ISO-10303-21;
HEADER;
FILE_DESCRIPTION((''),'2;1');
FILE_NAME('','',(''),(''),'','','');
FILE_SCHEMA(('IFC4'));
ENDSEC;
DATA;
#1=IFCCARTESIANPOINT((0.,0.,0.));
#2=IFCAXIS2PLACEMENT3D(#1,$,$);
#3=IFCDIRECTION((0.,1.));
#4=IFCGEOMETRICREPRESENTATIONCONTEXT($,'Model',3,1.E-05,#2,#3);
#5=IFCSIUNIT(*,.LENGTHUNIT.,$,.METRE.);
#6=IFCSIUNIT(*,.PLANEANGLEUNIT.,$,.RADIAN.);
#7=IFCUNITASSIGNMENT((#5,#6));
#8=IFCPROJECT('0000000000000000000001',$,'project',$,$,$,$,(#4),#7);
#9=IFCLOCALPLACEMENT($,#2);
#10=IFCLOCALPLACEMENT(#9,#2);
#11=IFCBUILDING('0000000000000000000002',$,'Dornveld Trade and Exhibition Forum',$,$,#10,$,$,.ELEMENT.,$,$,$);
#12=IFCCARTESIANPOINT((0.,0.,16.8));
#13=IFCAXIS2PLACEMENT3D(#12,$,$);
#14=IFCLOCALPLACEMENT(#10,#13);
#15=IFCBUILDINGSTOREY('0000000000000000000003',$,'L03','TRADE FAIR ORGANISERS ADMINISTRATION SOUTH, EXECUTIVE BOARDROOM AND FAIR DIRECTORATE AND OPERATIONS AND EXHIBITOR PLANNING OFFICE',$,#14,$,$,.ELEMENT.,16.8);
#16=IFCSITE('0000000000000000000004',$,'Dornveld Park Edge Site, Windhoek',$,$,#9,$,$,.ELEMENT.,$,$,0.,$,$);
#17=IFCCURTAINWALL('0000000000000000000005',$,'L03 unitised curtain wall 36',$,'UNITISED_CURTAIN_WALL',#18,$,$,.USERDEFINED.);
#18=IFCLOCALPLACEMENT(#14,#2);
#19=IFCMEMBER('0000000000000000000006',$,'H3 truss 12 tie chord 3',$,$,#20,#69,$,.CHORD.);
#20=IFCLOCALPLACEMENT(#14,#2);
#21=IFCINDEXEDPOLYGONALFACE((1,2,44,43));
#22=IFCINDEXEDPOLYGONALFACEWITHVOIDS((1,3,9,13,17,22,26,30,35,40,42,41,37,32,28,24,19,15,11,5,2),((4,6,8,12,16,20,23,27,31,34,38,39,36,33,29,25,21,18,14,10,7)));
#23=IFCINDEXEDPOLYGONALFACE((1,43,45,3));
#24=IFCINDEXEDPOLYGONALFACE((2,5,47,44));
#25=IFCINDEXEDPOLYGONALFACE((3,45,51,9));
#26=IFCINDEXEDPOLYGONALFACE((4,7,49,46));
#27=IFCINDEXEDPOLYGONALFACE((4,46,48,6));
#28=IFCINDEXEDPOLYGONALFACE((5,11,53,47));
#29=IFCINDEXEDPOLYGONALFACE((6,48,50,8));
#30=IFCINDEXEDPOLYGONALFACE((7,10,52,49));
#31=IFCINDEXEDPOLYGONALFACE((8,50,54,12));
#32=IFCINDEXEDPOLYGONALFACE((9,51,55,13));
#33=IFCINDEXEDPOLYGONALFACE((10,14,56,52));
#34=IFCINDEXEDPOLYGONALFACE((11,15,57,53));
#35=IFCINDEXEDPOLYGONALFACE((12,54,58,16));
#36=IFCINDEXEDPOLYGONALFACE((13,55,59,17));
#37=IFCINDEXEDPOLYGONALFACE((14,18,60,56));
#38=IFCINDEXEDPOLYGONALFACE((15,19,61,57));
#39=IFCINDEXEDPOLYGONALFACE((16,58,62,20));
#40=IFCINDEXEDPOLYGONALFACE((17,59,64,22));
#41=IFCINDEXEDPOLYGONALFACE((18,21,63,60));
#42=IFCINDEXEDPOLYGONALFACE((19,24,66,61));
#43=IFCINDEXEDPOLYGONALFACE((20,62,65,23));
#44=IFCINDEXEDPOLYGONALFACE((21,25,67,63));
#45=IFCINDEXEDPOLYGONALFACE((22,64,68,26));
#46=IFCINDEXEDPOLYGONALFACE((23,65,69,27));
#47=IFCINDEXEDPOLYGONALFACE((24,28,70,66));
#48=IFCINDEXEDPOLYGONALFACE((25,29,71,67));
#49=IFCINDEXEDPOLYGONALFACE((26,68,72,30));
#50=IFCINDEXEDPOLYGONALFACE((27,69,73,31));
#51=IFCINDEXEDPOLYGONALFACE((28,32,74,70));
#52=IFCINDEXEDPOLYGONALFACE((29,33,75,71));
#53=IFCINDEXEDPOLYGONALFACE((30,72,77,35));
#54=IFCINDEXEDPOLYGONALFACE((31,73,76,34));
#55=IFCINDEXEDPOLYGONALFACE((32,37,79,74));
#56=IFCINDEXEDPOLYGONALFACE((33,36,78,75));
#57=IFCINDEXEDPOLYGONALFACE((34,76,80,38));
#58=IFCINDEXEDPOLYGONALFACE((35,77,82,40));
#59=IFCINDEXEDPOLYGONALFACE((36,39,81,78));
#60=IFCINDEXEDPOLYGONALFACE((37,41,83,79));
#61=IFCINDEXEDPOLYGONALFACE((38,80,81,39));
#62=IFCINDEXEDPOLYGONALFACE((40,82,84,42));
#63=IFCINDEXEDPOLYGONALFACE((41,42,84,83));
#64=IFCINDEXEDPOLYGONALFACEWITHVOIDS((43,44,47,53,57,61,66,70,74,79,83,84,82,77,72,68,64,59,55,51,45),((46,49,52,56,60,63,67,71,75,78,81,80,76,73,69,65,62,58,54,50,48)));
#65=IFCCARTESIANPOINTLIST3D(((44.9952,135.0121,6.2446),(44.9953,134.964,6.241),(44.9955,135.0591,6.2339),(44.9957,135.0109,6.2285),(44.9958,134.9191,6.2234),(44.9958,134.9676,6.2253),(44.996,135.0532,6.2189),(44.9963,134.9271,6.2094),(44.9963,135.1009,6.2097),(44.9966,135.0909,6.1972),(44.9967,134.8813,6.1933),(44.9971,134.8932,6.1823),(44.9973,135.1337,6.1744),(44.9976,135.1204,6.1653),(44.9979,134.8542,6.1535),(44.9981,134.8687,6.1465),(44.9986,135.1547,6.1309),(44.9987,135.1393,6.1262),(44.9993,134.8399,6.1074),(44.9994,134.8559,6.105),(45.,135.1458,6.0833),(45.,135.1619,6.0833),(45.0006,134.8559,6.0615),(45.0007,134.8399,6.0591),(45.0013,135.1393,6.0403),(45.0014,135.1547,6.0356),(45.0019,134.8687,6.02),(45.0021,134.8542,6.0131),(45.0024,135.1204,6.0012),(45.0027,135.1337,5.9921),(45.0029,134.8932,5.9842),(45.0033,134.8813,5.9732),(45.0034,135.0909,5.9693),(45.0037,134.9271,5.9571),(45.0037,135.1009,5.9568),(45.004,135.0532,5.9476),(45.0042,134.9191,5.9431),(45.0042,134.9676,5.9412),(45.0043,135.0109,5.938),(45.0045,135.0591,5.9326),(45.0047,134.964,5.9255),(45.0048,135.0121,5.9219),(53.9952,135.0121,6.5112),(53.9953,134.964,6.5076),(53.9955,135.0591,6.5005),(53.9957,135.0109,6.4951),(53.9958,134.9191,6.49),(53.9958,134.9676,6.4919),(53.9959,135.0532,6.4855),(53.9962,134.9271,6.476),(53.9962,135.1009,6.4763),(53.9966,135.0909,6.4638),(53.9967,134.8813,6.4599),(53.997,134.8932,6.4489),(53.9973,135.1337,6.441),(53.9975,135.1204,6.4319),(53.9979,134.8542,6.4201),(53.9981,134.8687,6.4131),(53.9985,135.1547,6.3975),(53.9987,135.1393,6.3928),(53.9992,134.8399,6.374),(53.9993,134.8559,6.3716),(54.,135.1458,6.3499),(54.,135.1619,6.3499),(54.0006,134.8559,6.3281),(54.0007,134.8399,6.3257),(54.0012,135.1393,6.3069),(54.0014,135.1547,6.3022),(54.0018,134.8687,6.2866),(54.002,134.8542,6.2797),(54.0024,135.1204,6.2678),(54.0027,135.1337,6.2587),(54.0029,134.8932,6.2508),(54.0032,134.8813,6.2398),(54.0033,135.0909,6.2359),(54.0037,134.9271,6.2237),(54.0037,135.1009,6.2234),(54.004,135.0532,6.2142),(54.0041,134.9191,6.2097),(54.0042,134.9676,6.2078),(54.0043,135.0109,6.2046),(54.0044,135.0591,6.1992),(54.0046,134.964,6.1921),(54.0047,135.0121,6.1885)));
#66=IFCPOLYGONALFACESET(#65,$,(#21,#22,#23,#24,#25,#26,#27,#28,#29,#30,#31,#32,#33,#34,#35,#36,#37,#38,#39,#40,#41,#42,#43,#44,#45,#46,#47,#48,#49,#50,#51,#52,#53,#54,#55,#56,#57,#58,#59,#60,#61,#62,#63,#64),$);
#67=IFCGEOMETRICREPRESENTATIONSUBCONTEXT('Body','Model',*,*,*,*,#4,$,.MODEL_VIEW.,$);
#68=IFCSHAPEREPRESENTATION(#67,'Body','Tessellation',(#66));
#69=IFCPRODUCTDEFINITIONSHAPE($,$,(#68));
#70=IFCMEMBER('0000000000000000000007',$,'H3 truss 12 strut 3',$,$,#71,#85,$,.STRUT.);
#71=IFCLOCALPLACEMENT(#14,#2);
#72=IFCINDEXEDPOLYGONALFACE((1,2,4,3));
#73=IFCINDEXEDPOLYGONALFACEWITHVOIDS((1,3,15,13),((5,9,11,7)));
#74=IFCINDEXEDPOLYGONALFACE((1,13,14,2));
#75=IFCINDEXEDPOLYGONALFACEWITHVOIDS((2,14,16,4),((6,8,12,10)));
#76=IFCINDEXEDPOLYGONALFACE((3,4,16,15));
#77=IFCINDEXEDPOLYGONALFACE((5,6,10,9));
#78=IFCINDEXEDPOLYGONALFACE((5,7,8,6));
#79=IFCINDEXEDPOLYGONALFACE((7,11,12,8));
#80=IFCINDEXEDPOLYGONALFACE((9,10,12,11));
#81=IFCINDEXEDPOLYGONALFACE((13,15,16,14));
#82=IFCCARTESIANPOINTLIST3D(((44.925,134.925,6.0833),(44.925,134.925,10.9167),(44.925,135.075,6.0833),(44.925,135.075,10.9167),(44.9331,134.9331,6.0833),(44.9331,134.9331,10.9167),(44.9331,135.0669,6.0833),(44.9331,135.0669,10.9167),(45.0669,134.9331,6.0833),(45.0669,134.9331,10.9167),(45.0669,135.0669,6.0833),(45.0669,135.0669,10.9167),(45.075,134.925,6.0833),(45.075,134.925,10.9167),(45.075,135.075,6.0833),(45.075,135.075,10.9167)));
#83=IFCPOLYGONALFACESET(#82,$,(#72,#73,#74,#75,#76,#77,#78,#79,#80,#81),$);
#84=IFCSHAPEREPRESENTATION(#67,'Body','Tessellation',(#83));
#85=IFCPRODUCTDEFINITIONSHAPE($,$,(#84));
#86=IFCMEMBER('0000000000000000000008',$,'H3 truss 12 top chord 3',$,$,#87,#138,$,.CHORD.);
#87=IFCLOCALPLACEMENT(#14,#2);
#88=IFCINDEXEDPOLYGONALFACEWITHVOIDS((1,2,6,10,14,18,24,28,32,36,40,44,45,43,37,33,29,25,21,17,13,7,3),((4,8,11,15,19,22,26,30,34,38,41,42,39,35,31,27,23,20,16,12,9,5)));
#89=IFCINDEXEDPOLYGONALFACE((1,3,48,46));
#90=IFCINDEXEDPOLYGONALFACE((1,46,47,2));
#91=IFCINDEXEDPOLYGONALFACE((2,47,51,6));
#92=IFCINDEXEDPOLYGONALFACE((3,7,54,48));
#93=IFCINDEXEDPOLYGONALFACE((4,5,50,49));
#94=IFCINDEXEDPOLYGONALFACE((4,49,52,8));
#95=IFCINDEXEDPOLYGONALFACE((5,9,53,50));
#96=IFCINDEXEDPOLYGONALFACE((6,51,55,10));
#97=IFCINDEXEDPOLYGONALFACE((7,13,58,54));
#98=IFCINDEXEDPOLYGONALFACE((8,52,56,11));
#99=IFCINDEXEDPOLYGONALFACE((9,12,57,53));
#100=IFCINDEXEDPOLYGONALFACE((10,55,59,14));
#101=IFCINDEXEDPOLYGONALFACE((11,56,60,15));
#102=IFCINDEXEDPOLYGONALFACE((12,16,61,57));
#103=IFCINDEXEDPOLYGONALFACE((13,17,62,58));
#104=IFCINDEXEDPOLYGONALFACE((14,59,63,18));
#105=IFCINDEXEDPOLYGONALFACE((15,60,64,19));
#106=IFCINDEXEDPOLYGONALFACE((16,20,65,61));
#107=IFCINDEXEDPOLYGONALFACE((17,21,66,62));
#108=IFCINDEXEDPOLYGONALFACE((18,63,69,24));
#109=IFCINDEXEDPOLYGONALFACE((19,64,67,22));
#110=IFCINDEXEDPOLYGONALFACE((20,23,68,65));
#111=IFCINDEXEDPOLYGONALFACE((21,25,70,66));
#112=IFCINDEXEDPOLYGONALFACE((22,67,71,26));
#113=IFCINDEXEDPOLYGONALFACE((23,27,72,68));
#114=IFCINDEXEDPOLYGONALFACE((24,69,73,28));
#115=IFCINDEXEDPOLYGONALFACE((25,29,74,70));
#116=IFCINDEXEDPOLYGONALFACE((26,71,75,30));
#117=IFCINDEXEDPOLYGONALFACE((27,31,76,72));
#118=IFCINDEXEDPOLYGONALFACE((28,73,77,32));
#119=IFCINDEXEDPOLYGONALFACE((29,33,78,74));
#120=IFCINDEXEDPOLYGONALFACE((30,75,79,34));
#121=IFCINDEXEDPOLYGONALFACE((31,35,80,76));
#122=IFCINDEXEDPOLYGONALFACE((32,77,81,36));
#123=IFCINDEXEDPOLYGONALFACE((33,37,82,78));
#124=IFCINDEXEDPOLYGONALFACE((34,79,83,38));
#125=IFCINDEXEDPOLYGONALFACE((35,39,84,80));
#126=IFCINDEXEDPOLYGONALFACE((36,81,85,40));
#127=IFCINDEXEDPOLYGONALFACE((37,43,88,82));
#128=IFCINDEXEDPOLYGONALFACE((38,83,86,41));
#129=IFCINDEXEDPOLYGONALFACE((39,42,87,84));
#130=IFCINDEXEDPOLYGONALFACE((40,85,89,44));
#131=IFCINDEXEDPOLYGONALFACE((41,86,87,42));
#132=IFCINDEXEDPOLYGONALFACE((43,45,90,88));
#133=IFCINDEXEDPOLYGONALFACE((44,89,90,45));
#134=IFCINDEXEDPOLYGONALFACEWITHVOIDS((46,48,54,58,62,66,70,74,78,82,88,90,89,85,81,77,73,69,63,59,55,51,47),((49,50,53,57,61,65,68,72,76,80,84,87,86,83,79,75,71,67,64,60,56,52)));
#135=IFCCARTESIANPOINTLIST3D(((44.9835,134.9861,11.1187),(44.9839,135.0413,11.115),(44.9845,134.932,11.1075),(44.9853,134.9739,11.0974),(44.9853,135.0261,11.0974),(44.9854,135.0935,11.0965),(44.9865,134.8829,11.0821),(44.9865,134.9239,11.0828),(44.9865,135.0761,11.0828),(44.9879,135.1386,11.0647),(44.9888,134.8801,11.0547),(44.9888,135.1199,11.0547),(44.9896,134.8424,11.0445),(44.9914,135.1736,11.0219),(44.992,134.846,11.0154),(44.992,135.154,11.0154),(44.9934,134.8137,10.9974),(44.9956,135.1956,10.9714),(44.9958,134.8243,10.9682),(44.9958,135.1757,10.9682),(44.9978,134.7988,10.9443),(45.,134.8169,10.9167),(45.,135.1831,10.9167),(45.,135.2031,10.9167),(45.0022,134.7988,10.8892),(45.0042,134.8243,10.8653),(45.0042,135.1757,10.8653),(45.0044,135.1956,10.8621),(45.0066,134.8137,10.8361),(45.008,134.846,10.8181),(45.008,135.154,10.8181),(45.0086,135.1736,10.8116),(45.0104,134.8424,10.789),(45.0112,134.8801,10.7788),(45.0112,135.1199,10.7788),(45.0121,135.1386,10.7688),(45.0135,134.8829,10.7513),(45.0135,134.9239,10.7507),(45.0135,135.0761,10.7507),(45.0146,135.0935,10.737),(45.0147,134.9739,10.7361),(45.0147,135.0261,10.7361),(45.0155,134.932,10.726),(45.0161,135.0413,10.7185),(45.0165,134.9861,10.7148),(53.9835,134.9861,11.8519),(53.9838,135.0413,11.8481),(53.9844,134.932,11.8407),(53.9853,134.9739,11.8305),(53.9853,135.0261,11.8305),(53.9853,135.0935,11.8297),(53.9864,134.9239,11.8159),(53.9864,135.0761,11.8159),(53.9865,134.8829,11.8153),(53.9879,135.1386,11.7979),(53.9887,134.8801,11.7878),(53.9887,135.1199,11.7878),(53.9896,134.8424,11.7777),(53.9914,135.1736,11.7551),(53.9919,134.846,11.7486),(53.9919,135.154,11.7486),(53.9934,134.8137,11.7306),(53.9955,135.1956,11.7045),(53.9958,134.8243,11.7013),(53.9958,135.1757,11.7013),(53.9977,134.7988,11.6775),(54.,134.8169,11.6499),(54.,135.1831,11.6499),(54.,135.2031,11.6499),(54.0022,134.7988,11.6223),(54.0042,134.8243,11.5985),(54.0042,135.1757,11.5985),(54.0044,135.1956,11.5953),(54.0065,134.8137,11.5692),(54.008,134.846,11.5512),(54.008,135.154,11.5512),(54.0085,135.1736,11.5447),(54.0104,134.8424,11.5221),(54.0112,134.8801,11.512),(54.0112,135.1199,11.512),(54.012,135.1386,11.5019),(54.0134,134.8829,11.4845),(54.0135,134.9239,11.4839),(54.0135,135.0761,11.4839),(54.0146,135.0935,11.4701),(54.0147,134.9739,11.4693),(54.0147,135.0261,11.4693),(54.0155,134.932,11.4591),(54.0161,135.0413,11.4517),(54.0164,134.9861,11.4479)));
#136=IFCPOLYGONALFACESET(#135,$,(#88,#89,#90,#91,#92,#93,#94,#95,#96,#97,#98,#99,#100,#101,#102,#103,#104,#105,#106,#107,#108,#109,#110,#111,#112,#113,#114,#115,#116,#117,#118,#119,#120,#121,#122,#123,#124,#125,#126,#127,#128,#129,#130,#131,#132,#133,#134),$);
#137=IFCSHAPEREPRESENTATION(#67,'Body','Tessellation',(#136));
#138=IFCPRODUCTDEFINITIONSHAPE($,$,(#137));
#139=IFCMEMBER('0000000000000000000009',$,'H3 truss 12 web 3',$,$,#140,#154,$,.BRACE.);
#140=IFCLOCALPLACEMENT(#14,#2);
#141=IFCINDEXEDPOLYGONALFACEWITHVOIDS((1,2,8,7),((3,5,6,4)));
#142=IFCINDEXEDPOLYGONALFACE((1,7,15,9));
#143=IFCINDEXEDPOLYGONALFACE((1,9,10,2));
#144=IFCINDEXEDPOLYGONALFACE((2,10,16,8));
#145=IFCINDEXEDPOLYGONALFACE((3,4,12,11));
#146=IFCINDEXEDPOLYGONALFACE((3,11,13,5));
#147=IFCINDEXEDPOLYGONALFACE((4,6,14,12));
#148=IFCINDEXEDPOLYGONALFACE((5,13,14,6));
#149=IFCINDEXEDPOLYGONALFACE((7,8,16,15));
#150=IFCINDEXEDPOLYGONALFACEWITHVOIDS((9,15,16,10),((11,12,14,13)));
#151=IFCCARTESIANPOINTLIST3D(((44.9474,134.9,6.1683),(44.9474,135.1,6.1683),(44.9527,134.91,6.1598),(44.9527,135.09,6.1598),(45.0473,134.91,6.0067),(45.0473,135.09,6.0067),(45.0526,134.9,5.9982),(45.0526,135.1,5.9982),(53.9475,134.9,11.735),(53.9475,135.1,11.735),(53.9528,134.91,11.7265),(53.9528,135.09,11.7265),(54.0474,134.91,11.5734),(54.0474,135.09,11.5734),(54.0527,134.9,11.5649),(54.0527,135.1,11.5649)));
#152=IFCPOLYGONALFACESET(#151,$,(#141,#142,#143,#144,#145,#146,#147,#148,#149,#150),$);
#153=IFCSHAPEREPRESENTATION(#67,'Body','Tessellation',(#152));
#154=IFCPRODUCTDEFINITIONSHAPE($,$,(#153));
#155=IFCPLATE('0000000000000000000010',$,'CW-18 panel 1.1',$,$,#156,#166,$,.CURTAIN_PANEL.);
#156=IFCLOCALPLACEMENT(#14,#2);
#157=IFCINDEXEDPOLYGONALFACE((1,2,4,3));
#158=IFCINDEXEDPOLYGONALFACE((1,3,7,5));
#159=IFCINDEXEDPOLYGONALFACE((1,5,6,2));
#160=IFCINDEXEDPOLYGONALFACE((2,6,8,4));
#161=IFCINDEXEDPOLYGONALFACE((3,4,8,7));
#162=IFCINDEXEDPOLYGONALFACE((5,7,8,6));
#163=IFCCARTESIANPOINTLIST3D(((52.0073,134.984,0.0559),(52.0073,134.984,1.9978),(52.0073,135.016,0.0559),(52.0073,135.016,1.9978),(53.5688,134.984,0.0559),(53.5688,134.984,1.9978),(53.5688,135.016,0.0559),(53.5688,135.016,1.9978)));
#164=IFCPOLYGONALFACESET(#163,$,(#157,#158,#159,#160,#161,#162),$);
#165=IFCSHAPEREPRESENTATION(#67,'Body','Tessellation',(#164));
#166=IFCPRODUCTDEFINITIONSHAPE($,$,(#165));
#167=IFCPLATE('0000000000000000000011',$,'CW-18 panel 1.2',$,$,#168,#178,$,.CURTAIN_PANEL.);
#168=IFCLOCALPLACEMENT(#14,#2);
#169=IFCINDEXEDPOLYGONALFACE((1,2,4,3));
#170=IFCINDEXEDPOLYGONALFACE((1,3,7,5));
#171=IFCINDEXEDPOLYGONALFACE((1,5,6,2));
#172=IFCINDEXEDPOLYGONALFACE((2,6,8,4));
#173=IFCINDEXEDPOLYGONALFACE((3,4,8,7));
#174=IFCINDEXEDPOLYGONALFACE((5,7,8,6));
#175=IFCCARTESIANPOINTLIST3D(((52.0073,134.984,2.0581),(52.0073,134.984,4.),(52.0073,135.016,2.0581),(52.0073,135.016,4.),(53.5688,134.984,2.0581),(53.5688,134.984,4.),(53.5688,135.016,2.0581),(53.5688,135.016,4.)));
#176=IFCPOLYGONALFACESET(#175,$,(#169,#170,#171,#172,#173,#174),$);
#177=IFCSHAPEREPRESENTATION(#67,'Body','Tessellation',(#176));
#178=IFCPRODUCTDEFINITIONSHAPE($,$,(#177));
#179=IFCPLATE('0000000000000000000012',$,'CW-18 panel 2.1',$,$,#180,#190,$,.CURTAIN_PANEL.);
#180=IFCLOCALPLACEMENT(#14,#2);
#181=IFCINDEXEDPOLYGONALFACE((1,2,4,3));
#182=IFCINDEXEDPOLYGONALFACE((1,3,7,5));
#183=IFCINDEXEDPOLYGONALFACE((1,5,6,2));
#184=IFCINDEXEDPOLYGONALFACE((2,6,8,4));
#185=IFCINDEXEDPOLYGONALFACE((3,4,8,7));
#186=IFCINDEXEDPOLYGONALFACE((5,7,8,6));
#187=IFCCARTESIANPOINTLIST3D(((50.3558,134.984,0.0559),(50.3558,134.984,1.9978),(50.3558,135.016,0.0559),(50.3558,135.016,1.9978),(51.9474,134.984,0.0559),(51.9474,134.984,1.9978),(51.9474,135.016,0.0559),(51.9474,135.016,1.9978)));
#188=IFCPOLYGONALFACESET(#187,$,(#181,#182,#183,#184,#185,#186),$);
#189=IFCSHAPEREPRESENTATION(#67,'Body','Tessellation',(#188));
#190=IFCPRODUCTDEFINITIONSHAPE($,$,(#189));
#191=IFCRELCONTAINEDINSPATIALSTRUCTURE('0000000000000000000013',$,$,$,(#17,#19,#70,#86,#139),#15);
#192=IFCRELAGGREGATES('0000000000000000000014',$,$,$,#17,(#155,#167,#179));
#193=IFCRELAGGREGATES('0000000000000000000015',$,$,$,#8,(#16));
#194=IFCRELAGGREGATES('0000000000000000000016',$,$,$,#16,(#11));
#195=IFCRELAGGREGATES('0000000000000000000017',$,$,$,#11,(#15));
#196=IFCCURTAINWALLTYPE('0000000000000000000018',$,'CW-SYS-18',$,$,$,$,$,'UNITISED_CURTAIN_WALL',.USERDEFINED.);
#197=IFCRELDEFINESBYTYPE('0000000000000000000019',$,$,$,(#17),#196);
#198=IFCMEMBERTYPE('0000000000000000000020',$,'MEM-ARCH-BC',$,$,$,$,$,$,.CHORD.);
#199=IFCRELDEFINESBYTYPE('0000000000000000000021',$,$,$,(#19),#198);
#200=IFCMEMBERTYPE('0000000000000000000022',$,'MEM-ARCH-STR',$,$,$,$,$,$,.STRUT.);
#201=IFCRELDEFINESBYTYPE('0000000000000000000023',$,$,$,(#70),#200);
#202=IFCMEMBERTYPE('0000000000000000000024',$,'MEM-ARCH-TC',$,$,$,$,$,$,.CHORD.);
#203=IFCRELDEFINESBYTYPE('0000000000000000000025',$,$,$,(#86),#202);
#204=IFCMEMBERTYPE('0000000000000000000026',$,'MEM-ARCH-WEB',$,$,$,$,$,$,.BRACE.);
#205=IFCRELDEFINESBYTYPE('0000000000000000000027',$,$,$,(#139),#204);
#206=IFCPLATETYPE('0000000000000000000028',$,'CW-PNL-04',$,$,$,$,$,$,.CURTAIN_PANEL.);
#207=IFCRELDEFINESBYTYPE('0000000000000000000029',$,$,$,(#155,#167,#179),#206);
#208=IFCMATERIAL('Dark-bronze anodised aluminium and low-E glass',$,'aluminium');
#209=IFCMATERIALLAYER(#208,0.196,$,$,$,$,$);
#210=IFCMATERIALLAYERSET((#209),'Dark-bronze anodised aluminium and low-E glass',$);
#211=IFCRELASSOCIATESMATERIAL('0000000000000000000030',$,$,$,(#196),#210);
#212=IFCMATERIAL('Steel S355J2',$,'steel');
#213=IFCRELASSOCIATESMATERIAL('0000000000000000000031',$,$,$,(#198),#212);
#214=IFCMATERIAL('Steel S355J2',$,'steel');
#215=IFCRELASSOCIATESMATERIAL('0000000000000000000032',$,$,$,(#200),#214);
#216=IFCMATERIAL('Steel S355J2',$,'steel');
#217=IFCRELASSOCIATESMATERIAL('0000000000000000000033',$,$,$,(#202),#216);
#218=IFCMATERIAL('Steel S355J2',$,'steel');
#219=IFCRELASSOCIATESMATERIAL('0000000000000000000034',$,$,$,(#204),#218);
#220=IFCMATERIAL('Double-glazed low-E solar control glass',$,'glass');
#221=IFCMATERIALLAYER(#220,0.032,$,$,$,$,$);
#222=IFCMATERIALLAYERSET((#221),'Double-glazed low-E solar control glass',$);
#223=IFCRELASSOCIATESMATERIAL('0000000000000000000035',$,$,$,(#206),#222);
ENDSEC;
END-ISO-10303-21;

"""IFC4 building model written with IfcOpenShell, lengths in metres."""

from ifc_helpers import new_model, si_unit, direction, frame, origin, origin_2d, place, context, subcontext, project, spatial, rectangle, hollow_rectangle, hollow_circle, extrude, material, layer, layer_set, material_profile, profile_set, type_object, element, aggregate, save


model = new_model("IFC4")

# Units and contexts
model_context = context("Model", 3, precision=1e-05, world=origin(), true_north=direction((0.0, 1.0)))
body_context = subcontext(model_context, "Body", "Model", "MODEL_VIEW")
ifc_project = project(units=[si_unit("LENGTHUNIT", "METRE"), si_unit("PLANEANGLEUNIT", "RADIAN")], contexts=[model_context])

# Site, building, storey
site_placement = place(None, origin())
site = spatial("IfcSite", under=ifc_project, at=site_placement, Name="Dornveld Park Edge Site, Windhoek", CompositionType="ELEMENT", RefElevation=0.0)
building_placement = place(site_placement, origin())
building = spatial("IfcBuilding", under=site, at=building_placement, Name="Dornveld Trade and Exhibition Forum", CompositionType="ELEMENT")
storey_placement = place(building_placement, frame((0.0, 0.0, 16.8)))
storey = spatial("IfcBuildingStorey", under=building, at=storey_placement, Name="L03", Description="TRADE FAIR ORGANISERS ADMINISTRATION SOUTH, EXECUTIVE BOARDROOM AND FAIR DIRECTORATE AND OPERATIONS AND EXHIBITOR PLANNING OFFICE", CompositionType="ELEMENT", Elevation=16.8)

# Curtain wall
ifc_material_1 = material(Name="Dark-bronze anodised aluminium and low-E glass", Category="aluminium")
ifc_layer_1 = layer(ifc_material_1, 0.196)
ifc_layer_set_1 = layer_set([ifc_layer_1], Name="Dark-bronze anodised aluminium and low-E glass")
curtain_wall_type_1 = type_object("IfcCurtainWallType", Name="CW-SYS-18", ElementType="UNITISED_CURTAIN_WALL", PredefinedType="USERDEFINED", material=ifc_layer_set_1)
curtain_wall_1_placement = place(storey_placement, origin())
curtain_wall_1 = element("IfcCurtainWall", 1, at=curtain_wall_1_placement, inside=storey, type_object=curtain_wall_type_1, Name="L03 unitised curtain wall 36", ObjectType="UNITISED_CURTAIN_WALL", PredefinedType="USERDEFINED")

# Members
ifc_material_2 = material(Name="Steel S355J2", Category="steel")
ifc_material_profile_1 = material_profile(ifc_material_2, hollow_circle(Radius=0.1619, WallThickness=0.0161, at=origin_2d()), Name="CHS 323.9x16")
ifc_profile_set_1 = profile_set([ifc_material_profile_1], Name="Steel S355J2")
member_type_1 = type_object("IfcMemberType", Name="MEM-ARCH-BC", PredefinedType="CHORD", material=ifc_profile_set_1)
member_1_placement = place(storey_placement, frame((45.0, 135.0, 6.0833), z_axis=(0.999562, 0.0, 0.029609), x_axis=(0.0, 1.0, 0.0)))
element("IfcMember", 2, at=member_1_placement, inside=storey, type_object=member_type_1, Name="H3 truss 12 tie chord 3", PredefinedType="CHORD", context=body_context, shape_type="SweptSolid", body=[
    extrude(hollow_circle(Radius=0.1619, WallThickness=0.0161, at=origin_2d()), origin(), (0.0, 0.0, 1.0), 9.0039),
])
ifc_material_3 = material(Name="Steel S355J2", Category="steel")
ifc_material_profile_2 = material_profile(ifc_material_3, hollow_rectangle(XDim=0.1499, YDim=0.1499, WallThickness=0.0081, at=origin_2d()), Name="SHS 150x150x8")
ifc_profile_set_2 = profile_set([ifc_material_profile_2], Name="Steel S355J2")
member_type_2 = type_object("IfcMemberType", Name="MEM-ARCH-STR", PredefinedType="STRUT", material=ifc_profile_set_2)
member_2_placement = place(storey_placement, frame((45.0, 135.0, 6.0833), z_axis=(0.0, 0.0, 1.0), x_axis=(1.0, 0.0, 0.0)))
element("IfcMember", 3, at=member_2_placement, inside=storey, type_object=member_type_2, Name="H3 truss 12 strut 3", PredefinedType="STRUT", context=body_context, shape_type="SweptSolid", body=[
    extrude(hollow_rectangle(XDim=0.1499, YDim=0.1499, WallThickness=0.0081, at=origin_2d()), origin(), (0.0, 0.0, 1.0), 4.8335),
])
ifc_material_4 = material(Name="Steel S355J2", Category="steel")
ifc_material_profile_3 = material_profile(ifc_material_4, hollow_circle(Radius=0.2031, WallThickness=0.02, at=origin_2d()), Name="CHS 406.4x20")
ifc_profile_set_3 = profile_set([ifc_material_profile_3], Name="Steel S355J2")
member_type_3 = type_object("IfcMemberType", Name="MEM-ARCH-TC", PredefinedType="CHORD", material=ifc_profile_set_3)
member_3_placement = place(storey_placement, frame((45.0, 135.0, 10.9167), z_axis=(0.996698, 0.0, 0.081193), x_axis=(0.0, 1.0, 0.0)))
element("IfcMember", 4, at=member_3_placement, inside=storey, type_object=member_type_3, Name="H3 truss 12 top chord 3", PredefinedType="CHORD", context=body_context, shape_type="SweptSolid", body=[
    extrude(hollow_circle(Radius=0.2031, WallThickness=0.02, at=origin_2d()), origin(), (0.0, 0.0, 1.0), 9.0298),
])
ifc_material_5 = material(Name="Steel S355J2", Category="steel")
ifc_material_profile_4 = material_profile(ifc_material_5, hollow_rectangle(XDim=0.2, YDim=0.2, WallThickness=0.01, at=origin_2d()), Name="SHS 200x200x10")
ifc_profile_set_4 = profile_set([ifc_material_profile_4], Name="Steel S355J2")
member_type_4 = type_object("IfcMemberType", Name="MEM-ARCH-WEB", PredefinedType="BRACE", material=ifc_profile_set_4)
member_4_placement = place(storey_placement, frame((45.0, 135.0, 6.0833), z_axis=(0.850467, 0.0, 0.526028), x_axis=(0.0, 1.0, 0.0)))
element("IfcMember", 5, at=member_4_placement, inside=storey, type_object=member_type_4, Name="H3 truss 12 web 3", PredefinedType="BRACE", context=body_context, shape_type="SweptSolid", body=[
    extrude(hollow_rectangle(XDim=0.2, YDim=0.2, WallThickness=0.01, at=origin_2d()), origin(), (0.0, 0.0, 1.0), 10.5825),
])

# Plates
ifc_material_6 = material(Name="Double-glazed low-E solar control glass", Category="glass")
ifc_layer_2 = layer(ifc_material_6, 0.032)
ifc_layer_set_2 = layer_set([ifc_layer_2], Name="Double-glazed low-E solar control glass")
plate_type = type_object("IfcPlateType", Name="CW-PNL-04", PredefinedType="CURTAIN_PANEL", material=ifc_layer_set_2)
plate_1_placement = place(storey_placement, frame((52.7881, 135.0, 0.0559), z_axis=(0.0, 0.0, 1.0), x_axis=(-1.0, 0.0, 0.0)))
plate_1 = element("IfcPlate", 6, at=plate_1_placement, type_object=plate_type, Name="CW-18 panel 1.1", PredefinedType="CURTAIN_PANEL", context=body_context, shape_type="SweptSolid", body=[
    extrude(rectangle(XDim=1.5615, YDim=0.032, at=origin_2d()), origin(), (0.0, 0.0, 1.0), 1.9419),
])
plate_2_placement = place(storey_placement, frame((52.7881, 135.0, 2.0581), z_axis=(0.0, 0.0, 1.0), x_axis=(-1.0, 0.0, 0.0)))
plate_2 = element("IfcPlate", 7, at=plate_2_placement, type_object=plate_type, Name="CW-18 panel 1.2", PredefinedType="CURTAIN_PANEL", context=body_context, shape_type="SweptSolid", body=[
    extrude(rectangle(XDim=1.5615, YDim=0.032, at=origin_2d()), origin(), (0.0, 0.0, 1.0), 1.9419),
])
plate_3_placement = place(storey_placement, frame((51.1516, 135.0, 0.0559), z_axis=(0.0, 0.0, 1.0), x_axis=(-1.0, 0.0, 0.0)))
plate_3 = element("IfcPlate", 8, at=plate_3_placement, type_object=plate_type, Name="CW-18 panel 2.1", PredefinedType="CURTAIN_PANEL", context=body_context, shape_type="SweptSolid", body=[
    extrude(rectangle(XDim=1.5916, YDim=0.032, at=origin_2d()), origin(), (0.0, 0.0, 1.0), 1.9419),
])
aggregate(curtain_wall_1, [plate_1, plate_2, plate_3])

save(model, "model.ifc")
